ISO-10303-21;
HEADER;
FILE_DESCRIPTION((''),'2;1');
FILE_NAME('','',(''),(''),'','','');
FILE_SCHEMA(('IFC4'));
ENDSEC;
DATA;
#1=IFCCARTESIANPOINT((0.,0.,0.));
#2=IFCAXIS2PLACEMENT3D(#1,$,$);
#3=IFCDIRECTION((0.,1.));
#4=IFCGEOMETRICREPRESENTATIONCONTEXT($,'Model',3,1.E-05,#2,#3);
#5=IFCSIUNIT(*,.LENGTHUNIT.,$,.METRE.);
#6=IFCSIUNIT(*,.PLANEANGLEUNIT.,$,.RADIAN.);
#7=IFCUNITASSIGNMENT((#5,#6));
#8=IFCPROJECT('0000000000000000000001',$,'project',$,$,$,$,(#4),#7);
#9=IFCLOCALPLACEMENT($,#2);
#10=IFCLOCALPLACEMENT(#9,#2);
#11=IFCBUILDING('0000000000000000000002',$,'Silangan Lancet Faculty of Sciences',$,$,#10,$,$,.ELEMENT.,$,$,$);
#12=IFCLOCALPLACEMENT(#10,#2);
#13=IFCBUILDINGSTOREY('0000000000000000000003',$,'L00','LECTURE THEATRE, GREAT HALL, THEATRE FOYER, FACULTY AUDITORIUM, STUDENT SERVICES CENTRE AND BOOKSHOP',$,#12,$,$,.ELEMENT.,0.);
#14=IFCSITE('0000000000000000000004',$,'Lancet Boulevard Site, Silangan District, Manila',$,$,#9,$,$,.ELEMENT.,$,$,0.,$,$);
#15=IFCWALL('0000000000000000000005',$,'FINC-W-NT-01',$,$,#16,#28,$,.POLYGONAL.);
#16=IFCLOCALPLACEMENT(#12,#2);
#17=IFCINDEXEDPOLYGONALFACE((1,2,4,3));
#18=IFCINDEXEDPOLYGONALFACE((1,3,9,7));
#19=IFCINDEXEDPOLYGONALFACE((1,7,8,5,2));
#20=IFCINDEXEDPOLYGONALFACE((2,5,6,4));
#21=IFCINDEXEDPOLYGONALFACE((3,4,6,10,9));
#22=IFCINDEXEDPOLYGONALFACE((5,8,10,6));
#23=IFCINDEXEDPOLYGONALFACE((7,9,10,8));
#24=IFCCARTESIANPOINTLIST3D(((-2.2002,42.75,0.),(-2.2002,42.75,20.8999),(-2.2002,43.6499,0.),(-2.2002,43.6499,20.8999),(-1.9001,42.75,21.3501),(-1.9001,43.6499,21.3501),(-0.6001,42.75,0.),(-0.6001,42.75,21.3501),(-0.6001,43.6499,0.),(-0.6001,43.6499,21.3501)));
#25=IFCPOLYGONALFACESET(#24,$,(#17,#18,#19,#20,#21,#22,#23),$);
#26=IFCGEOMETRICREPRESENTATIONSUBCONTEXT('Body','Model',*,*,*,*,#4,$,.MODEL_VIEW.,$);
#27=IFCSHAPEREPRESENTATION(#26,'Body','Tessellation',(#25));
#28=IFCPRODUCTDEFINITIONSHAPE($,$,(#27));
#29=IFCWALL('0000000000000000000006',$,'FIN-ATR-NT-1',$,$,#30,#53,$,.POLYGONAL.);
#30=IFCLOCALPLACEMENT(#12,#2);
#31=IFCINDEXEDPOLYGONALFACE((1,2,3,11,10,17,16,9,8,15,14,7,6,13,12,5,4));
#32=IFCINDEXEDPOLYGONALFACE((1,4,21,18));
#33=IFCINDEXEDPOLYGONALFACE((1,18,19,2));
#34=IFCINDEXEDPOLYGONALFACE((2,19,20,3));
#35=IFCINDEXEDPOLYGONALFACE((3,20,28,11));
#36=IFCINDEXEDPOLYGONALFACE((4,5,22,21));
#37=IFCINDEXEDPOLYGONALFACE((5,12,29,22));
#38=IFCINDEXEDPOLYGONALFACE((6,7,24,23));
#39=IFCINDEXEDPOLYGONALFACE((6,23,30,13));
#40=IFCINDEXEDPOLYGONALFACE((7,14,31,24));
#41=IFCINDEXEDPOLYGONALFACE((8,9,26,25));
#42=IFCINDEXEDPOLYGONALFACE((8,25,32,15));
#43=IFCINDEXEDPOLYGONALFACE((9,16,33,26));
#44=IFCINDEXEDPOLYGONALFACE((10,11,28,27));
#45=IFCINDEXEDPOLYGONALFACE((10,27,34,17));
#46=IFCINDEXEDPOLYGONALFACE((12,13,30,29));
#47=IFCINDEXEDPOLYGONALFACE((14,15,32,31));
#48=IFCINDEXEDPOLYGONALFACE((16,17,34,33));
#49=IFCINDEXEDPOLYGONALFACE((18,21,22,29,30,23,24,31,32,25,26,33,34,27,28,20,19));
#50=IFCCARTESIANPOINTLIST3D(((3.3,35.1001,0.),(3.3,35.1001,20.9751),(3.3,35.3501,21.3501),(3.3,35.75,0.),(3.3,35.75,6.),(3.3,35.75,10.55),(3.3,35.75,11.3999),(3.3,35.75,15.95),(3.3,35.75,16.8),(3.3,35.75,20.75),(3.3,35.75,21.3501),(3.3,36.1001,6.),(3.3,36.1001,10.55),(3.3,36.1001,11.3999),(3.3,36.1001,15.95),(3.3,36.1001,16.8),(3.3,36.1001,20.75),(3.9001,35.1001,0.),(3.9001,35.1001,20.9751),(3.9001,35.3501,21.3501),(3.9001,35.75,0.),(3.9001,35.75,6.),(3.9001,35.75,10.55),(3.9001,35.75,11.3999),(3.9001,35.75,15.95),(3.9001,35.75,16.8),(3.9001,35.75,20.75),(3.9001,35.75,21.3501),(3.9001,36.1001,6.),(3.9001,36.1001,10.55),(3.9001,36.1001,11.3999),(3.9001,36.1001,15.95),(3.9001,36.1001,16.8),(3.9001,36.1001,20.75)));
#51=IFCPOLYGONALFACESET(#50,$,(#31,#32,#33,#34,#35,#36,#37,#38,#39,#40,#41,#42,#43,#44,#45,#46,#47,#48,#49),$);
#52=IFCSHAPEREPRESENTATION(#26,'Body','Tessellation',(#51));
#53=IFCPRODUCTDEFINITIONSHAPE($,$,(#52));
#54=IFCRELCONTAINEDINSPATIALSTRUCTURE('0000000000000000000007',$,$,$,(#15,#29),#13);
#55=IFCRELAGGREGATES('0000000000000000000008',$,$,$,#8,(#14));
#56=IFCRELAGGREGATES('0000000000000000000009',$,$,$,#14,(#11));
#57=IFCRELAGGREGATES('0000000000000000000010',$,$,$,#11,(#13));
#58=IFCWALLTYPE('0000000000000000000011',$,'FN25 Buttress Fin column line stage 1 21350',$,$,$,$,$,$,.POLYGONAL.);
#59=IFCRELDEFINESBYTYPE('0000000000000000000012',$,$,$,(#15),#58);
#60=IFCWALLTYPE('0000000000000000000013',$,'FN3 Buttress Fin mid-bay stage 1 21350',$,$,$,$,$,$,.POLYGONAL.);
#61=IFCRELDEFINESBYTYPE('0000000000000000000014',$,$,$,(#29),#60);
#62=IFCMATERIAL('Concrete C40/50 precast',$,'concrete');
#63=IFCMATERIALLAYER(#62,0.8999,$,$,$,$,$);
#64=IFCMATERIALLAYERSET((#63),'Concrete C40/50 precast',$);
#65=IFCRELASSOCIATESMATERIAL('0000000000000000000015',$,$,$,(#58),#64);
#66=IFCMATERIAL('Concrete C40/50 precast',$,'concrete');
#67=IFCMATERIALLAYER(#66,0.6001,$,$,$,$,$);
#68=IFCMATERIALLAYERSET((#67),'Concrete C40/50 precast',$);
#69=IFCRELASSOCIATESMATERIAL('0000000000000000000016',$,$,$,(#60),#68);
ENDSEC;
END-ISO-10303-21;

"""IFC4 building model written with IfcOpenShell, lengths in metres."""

from ifc_helpers import new_model, si_unit, direction, frame, origin, place, context, subcontext, project, spatial, polyline, outline, extrude, material, layer, layer_set, type_object, element, save


model = new_model("IFC4")

# Units and contexts
model_context = context("Model", 3, precision=1e-05, world=origin(), true_north=direction((0.0, 1.0)))
body_context = subcontext(model_context, "Body", "Model", "MODEL_VIEW")
ifc_project = project(units=[si_unit("LENGTHUNIT", "METRE"), si_unit("PLANEANGLEUNIT", "RADIAN")], contexts=[model_context])

# Site, building, storey
site_placement = place(None, origin())
site = spatial("IfcSite", under=ifc_project, at=site_placement, Name="Lancet Boulevard Site, Silangan District, Manila", CompositionType="ELEMENT", RefElevation=0.0)
building_placement = place(site_placement, origin())
building = spatial("IfcBuilding", under=site, at=building_placement, Name="Silangan Lancet Faculty of Sciences", CompositionType="ELEMENT")
storey_placement = place(building_placement, origin())
storey = spatial("IfcBuildingStorey", under=building, at=storey_placement, Name="L00", Description="LECTURE THEATRE, GREAT HALL, THEATRE FOYER, FACULTY AUDITORIUM, STUDENT SERVICES CENTRE AND BOOKSHOP", CompositionType="ELEMENT", Elevation=0.0)

# Walls
ifc_material_1 = material(Name="Concrete C40/50 precast", Category="concrete")
ifc_layer_1 = layer(ifc_material_1, 0.8999)
ifc_layer_set_1 = layer_set([ifc_layer_1], Name="Concrete C40/50 precast")
wall_type_1 = type_object("IfcWallType", Name="FN25 Buttress Fin column line stage 1 21350", PredefinedType="POLYGONAL", material=ifc_layer_set_1)
wall_1_placement = place(storey_placement, frame((-0.6001, 43.2, 0.0), z_axis=(0.0, 0.0, 1.0), x_axis=(-1.0, 0.0, 0.0)))
element("IfcWall", 1, at=wall_1_placement, inside=storey, type_object=wall_type_1, Name="FINC-W-NT-01", PredefinedType="POLYGONAL", context=body_context, shape_type="SweptSolid", body=[
    extrude(outline(polyline([(1.6001, 0.0), (1.6001, 20.8999), (1.3, 21.3501), (0.0, 21.3501), (0.0, 0.0), (1.6001, 0.0)])), frame((0.0, 0.45, 0.0), z_axis=(0.0, -1.0, 0.0), x_axis=(1.0, 0.0, 0.0)), (0.0, 0.0, 1.0), 0.8999),
])
ifc_material_2 = material(Name="Concrete C40/50 precast", Category="concrete")
ifc_layer_2 = layer(ifc_material_2, 0.6001)
ifc_layer_set_2 = layer_set([ifc_layer_2], Name="Concrete C40/50 precast")
wall_type_2 = type_object("IfcWallType", Name="FN3 Buttress Fin mid-bay stage 1 21350", PredefinedType="POLYGONAL", material=ifc_layer_set_2)
wall_2_placement = place(storey_placement, frame((3.6001, 36.1001, 0.0), z_axis=(0.0, 0.0, 1.0), x_axis=(0.0, -1.0, 0.0)))
element("IfcWall", 2, at=wall_2_placement, inside=storey, type_object=wall_type_2, Name="FIN-ATR-NT-1", PredefinedType="POLYGONAL", context=body_context, shape_type="SweptSolid", body=[
    extrude(outline(polyline([(1.0, 0.0), (1.0, 20.9751), (0.75, 21.3501), (0.3501, 21.3501), (0.3501, 20.75), (0.0, 20.75), (0.0, 16.8), (0.3501, 16.8), (0.3501, 15.95), (0.0, 15.95), (0.0, 11.3999), (0.3501, 11.3999), (0.3501, 10.55), (0.0, 10.55), (0.0, 6.0), (0.3501, 6.0), (0.3501, 0.0), (1.0, 0.0)])), frame((0.0, 0.3, 0.0), z_axis=(0.0, -1.0, 0.0), x_axis=(1.0, 0.0, 0.0)), (0.0, 0.0, 1.0), 0.6001),
])

save(model, "model.ifc")
